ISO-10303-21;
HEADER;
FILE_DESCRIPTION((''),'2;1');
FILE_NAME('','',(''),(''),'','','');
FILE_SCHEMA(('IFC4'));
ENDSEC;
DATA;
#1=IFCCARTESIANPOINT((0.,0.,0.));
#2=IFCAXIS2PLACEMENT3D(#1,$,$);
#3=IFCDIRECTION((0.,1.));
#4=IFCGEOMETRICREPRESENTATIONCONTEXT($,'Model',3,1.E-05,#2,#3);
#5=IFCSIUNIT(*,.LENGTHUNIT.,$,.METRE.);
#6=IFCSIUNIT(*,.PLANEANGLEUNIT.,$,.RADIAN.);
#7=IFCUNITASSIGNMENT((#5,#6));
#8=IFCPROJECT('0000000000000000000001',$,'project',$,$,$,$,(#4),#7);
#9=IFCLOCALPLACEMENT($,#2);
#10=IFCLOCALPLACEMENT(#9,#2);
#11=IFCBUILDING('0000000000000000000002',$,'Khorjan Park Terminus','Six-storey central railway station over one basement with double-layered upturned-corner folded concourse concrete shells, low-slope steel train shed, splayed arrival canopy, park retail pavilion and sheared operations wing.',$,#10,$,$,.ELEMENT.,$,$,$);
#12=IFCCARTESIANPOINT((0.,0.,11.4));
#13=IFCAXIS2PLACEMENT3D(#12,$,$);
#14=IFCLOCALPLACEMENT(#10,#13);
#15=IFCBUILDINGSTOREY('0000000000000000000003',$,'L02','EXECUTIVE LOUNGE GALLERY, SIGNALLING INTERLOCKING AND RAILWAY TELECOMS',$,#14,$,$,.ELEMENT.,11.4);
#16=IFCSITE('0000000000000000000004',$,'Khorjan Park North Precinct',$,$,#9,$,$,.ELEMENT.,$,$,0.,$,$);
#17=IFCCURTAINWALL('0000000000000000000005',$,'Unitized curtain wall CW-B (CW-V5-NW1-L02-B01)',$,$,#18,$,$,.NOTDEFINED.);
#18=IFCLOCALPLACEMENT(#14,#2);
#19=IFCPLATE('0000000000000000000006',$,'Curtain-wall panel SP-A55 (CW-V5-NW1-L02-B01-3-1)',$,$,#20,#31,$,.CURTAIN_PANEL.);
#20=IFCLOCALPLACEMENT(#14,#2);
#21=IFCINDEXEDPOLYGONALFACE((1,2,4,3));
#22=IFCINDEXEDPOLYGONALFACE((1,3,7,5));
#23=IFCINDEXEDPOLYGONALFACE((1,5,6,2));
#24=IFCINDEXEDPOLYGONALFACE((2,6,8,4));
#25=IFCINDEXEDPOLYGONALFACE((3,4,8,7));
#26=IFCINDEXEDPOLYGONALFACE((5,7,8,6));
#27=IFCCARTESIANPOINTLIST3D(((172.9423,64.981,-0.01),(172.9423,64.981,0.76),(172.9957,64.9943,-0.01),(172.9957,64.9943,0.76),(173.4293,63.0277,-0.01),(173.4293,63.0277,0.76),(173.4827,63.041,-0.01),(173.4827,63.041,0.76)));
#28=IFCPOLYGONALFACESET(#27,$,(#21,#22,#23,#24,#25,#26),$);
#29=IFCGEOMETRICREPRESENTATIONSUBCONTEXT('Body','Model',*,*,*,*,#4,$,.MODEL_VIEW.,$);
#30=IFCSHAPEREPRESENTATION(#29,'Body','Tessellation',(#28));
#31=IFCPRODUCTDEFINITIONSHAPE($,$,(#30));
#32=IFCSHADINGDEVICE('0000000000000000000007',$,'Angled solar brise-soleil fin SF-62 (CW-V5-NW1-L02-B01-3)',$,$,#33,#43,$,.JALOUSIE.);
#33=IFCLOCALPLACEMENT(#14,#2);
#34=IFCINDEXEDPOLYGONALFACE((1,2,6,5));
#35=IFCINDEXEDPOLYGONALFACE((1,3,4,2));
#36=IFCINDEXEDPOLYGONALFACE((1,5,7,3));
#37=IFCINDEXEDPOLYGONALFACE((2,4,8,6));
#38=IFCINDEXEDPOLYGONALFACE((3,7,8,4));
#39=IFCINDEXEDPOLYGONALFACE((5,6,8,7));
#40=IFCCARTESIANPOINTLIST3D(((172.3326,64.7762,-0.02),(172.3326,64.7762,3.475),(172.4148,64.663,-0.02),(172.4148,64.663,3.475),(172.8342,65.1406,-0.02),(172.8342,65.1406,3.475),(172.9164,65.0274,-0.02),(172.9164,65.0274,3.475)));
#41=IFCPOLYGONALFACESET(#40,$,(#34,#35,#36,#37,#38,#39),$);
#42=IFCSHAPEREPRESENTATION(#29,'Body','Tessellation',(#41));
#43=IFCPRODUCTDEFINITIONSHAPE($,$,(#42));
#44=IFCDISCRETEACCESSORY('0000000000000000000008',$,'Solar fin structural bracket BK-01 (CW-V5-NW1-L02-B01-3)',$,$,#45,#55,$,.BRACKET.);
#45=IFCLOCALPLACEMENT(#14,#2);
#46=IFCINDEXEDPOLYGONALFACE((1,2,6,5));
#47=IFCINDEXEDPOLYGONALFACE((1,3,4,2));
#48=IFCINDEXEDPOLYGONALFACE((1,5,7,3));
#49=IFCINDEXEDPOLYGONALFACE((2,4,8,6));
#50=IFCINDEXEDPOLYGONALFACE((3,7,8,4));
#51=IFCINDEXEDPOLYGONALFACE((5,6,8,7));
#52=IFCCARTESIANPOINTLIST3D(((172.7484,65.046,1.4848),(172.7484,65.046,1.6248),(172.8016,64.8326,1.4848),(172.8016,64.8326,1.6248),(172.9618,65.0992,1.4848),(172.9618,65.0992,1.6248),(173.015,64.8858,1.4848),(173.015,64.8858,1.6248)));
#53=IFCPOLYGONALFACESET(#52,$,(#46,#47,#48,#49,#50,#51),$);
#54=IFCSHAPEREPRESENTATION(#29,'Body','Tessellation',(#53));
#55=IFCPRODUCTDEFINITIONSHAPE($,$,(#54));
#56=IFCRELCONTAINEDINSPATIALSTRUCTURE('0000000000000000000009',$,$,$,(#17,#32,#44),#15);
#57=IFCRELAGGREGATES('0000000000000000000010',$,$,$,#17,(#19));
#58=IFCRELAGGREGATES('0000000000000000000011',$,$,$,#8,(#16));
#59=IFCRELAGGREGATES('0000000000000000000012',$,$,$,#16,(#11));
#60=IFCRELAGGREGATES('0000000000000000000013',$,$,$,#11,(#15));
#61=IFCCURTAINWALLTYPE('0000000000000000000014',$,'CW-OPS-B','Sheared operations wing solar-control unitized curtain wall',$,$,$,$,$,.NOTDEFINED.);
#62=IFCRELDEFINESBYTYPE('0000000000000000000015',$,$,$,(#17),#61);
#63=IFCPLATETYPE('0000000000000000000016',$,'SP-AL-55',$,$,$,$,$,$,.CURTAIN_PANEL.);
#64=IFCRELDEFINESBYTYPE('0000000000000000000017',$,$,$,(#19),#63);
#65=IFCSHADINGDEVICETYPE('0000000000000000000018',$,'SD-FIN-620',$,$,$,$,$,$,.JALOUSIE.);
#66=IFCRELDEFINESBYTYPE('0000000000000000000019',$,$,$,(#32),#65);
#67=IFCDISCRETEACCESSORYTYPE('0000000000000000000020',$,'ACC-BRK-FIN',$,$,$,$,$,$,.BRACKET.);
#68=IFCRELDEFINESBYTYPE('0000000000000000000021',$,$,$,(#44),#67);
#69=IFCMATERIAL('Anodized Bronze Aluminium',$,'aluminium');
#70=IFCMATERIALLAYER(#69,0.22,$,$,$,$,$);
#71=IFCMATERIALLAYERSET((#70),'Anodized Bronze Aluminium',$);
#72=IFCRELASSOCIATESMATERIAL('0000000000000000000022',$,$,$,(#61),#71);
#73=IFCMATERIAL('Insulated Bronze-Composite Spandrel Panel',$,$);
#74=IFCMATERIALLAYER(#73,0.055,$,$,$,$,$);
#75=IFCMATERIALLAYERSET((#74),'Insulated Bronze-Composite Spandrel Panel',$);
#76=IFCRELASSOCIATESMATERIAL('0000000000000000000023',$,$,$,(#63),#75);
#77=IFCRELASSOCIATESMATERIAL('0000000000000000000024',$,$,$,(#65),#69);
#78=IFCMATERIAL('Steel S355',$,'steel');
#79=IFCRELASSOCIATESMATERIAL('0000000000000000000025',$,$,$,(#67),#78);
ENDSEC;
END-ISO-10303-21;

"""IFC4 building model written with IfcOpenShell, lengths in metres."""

from ifc_helpers import new_model, si_unit, direction, frame, origin, origin_2d, place, context, subcontext, project, spatial, rectangle, extrude, material, layer, layer_set, type_object, element, aggregate, save


model = new_model("IFC4")

# Units and contexts
model_context = context("Model", 3, precision=1e-05, world=origin(), true_north=direction((0.0, 1.0)))
body_context = subcontext(model_context, "Body", "Model", "MODEL_VIEW")
ifc_project = project(units=[si_unit("LENGTHUNIT", "METRE"), si_unit("PLANEANGLEUNIT", "RADIAN")], contexts=[model_context])

# Site, building, storey
site_placement = place(None, origin())
site = spatial("IfcSite", under=ifc_project, at=site_placement, Name="Khorjan Park North Precinct", CompositionType="ELEMENT", RefElevation=0.0)
building_placement = place(site_placement, origin())
building = spatial("IfcBuilding", under=site, at=building_placement, Name="Khorjan Park Terminus", Description="Six-storey central railway station over one basement with double-layered upturned-corner folded concourse concrete shells, low-slope steel train shed, splayed arrival canopy, park retail pavilion and sheared operations wing.", CompositionType="ELEMENT")
storey_placement = place(building_placement, frame((0.0, 0.0, 11.4)))
storey = spatial("IfcBuildingStorey", under=building, at=storey_placement, Name="L02", Description="EXECUTIVE LOUNGE GALLERY, SIGNALLING INTERLOCKING AND RAILWAY TELECOMS", CompositionType="ELEMENT", Elevation=11.4)

# Shared definitions
ifc_material_1 = material(Name="Steel S355", Category="steel")

# Curtain wall, plate
ifc_material_2 = material(Name="Anodized Bronze Aluminium", Category="aluminium")
ifc_layer_1 = layer(ifc_material_2, 0.22)
ifc_layer_set_1 = layer_set([ifc_layer_1], Name="Anodized Bronze Aluminium")
curtain_wall_type = type_object("IfcCurtainWallType", Name="CW-OPS-B", Description="Sheared operations wing solar-control unitized curtain wall", PredefinedType="NOTDEFINED", material=ifc_layer_set_1)
curtain_wall_placement = place(storey_placement, origin())
curtain_wall = element("IfcCurtainWall", 1, at=curtain_wall_placement, inside=storey, type_object=curtain_wall_type, Name="Unitized curtain wall CW-B (CW-V5-NW1-L02-B01)", PredefinedType="NOTDEFINED")
ifc_material_3 = material(Name="Insulated Bronze-Composite Spandrel Panel")
ifc_layer_2 = layer(ifc_material_3, 0.055)
ifc_layer_set_2 = layer_set([ifc_layer_2], Name="Insulated Bronze-Composite Spandrel Panel")
plate_type_1 = type_object("IfcPlateType", Name="SP-AL-55", PredefinedType="CURTAIN_PANEL", material=ifc_layer_set_2)
plate_1_placement = place(storey_placement, frame((173.2125, 64.011, -0.01), z_axis=(0.0, 0.0, 1.0), x_axis=(0.241921, -0.970296, 0.0)))
plate_1 = element("IfcPlate", 2, at=plate_1_placement, type_object=plate_type_1, Name="Curtain-wall panel SP-A55 (CW-V5-NW1-L02-B01-3-1)", PredefinedType="CURTAIN_PANEL", context=body_context, shape_type="SweptSolid", body=[
    extrude(rectangle(XDim=2.0131, YDim=0.055, at=origin_2d()), origin(), (0.0, 0.0, 1.0), 0.77),
])
aggregate(curtain_wall, [plate_1])

# Shading device
shading_device_type = type_object("IfcShadingDeviceType", Name="SD-FIN-620", PredefinedType="JALOUSIE", material=ifc_material_2)
shading_device_placement = place(storey_placement, frame((172.6245, 64.9018, -0.02), z_axis=(0.0, 0.0, 1.0), x_axis=(0.809017, 0.587785, 0.0)))
element("IfcShadingDevice", 3, at=shading_device_placement, inside=storey, type_object=shading_device_type, Name="Angled solar brise-soleil fin SF-62 (CW-V5-NW1-L02-B01-3)", PredefinedType="JALOUSIE", context=body_context, shape_type="SweptSolid", body=[
    extrude(rectangle(XDim=0.62, YDim=0.14, at=origin_2d()), origin(), (0.0, 0.0, 1.0), 3.495),
])

# Discrete accessory
discrete_accessory_type = type_object("IfcDiscreteAccessoryType", Name="ACC-BRK-FIN", PredefinedType="BRACKET", material=ifc_material_1)
discrete_accessory_placement = place(storey_placement, frame((172.8817, 64.9659, 1.4848), z_axis=(0.0, 0.0, 1.0), x_axis=(0.241921, -0.970296, 0.0)))
element("IfcDiscreteAccessory", 4, at=discrete_accessory_placement, inside=storey, type_object=discrete_accessory_type, Name="Solar fin structural bracket BK-01 (CW-V5-NW1-L02-B01-3)", PredefinedType="BRACKET", context=body_context, shape_type="SweptSolid", body=[
    extrude(rectangle(XDim=0.22, YDim=0.22, at=origin_2d()), origin(), (0.0, 0.0, 1.0), 0.14),
])

save(model, "model.ifc")
